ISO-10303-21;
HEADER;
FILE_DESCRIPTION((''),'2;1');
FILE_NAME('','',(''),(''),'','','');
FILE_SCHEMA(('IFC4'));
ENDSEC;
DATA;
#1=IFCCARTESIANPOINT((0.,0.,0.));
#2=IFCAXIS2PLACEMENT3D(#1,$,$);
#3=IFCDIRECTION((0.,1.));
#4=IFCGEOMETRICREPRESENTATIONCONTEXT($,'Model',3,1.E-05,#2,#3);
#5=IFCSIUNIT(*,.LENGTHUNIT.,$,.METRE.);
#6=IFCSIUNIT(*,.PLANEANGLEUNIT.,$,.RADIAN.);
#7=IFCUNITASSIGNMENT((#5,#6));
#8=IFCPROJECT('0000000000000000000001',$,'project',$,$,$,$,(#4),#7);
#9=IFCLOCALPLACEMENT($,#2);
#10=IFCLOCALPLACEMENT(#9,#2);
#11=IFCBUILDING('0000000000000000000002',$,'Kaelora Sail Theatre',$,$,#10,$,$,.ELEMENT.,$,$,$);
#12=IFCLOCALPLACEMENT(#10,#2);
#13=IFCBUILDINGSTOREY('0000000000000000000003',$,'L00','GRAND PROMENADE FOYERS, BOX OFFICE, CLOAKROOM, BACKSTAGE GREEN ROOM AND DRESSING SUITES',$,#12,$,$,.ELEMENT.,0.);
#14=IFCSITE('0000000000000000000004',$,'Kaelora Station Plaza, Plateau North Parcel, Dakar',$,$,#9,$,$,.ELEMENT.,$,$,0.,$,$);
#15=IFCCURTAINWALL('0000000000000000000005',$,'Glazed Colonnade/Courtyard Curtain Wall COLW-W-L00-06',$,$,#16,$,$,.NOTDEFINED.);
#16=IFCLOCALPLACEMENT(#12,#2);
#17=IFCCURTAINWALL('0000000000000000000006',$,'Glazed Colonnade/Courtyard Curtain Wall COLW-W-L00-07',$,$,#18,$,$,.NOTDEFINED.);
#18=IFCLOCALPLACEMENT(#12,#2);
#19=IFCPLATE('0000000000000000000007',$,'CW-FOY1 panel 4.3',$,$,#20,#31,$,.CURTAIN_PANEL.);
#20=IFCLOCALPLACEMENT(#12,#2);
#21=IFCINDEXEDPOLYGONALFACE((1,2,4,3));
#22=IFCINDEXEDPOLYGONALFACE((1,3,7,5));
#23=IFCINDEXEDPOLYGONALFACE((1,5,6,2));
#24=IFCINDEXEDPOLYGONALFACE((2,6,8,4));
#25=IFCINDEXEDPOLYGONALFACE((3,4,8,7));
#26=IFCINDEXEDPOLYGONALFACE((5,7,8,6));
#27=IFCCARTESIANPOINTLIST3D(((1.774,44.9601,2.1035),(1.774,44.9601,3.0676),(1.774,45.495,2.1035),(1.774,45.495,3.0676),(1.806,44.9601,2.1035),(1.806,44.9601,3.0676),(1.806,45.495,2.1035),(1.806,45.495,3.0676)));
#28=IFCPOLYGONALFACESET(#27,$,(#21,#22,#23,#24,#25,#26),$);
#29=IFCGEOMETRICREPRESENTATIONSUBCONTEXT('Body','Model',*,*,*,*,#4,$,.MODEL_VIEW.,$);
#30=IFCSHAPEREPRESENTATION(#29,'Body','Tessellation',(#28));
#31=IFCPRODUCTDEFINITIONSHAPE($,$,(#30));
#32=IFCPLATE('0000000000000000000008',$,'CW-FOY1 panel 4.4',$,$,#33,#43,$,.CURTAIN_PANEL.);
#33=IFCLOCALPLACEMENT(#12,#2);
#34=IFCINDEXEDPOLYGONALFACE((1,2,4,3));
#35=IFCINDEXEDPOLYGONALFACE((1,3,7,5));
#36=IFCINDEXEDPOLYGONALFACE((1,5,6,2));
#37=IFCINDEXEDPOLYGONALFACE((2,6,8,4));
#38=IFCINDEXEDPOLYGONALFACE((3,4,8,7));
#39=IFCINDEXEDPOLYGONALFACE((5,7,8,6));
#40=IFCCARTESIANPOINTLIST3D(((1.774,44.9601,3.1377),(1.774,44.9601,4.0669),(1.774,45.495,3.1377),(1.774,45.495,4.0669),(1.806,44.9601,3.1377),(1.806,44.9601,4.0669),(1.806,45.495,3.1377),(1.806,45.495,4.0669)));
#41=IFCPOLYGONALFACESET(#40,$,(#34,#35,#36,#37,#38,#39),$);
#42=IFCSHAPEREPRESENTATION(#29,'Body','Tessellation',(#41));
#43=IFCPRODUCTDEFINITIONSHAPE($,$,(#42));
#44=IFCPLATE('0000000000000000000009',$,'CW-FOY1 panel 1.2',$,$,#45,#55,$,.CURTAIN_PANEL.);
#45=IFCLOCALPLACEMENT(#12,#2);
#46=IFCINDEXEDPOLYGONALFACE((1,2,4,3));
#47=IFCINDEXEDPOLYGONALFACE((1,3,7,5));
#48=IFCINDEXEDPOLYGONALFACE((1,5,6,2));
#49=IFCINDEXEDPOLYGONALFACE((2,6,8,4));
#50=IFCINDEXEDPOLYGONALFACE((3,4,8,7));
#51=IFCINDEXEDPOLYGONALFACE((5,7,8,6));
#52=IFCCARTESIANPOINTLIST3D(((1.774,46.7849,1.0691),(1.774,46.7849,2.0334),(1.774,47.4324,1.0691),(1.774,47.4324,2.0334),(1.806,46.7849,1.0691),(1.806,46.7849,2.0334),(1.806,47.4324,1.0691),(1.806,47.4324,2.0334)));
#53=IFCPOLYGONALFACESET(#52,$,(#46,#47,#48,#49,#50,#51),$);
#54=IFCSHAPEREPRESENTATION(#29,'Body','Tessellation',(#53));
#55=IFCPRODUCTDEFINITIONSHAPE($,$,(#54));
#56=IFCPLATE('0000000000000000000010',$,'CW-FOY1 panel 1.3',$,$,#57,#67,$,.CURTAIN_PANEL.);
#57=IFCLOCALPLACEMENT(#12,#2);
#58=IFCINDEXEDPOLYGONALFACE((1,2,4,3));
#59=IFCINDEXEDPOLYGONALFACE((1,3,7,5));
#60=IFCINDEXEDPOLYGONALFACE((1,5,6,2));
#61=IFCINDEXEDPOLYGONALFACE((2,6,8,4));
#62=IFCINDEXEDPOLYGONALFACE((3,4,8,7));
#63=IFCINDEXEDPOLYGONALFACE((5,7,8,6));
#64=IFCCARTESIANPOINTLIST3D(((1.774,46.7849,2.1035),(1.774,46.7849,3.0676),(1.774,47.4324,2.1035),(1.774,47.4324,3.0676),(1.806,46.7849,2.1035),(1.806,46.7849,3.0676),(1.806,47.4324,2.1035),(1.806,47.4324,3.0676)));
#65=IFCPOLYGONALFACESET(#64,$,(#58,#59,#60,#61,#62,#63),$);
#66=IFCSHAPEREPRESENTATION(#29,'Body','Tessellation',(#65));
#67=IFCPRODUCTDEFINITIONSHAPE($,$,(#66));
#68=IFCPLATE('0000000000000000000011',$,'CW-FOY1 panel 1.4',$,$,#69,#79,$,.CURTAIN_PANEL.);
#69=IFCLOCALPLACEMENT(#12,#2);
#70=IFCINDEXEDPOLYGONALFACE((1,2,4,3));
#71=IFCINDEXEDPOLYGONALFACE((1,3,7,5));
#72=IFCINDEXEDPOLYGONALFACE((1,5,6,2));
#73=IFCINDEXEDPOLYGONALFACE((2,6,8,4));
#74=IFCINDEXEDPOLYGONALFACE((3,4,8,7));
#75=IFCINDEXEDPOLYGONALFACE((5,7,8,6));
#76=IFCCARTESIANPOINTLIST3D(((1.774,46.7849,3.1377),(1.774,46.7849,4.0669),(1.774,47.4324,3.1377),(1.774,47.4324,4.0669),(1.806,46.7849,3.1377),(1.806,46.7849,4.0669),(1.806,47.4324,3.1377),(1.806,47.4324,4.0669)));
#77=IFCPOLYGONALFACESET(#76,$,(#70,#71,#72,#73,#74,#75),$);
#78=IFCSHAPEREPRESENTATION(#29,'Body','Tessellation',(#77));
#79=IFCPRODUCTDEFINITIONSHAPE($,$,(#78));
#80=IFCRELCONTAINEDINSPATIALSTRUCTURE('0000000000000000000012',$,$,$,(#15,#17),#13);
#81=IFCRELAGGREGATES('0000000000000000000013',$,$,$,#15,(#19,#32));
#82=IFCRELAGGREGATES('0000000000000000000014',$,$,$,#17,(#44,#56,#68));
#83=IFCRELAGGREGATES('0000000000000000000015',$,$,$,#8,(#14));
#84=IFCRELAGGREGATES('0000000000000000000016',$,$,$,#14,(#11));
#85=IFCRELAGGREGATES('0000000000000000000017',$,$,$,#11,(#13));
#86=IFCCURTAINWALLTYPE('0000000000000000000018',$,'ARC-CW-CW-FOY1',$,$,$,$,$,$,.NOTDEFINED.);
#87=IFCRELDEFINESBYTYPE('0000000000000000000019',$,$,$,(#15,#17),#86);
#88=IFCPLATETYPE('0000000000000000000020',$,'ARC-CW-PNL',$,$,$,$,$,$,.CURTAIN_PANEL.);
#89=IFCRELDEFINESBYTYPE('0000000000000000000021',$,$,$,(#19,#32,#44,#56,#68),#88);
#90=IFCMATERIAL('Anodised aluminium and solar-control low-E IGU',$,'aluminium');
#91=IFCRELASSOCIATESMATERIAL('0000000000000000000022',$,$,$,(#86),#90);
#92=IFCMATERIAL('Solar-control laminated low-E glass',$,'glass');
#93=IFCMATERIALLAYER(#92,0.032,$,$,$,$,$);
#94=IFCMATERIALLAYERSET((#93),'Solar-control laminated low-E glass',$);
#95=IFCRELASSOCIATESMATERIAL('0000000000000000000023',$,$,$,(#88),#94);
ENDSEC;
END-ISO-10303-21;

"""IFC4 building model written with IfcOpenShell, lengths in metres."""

from ifc_helpers import new_model, si_unit, direction, frame, origin, origin_2d, place, context, subcontext, project, spatial, rectangle, extrude, material, layer, layer_set, type_object, element, aggregate, save


model = new_model("IFC4")

# Units and contexts
model_context = context("Model", 3, precision=1e-05, world=origin(), true_north=direction((0.0, 1.0)))
body_context = subcontext(model_context, "Body", "Model", "MODEL_VIEW")
ifc_project = project(units=[si_unit("LENGTHUNIT", "METRE"), si_unit("PLANEANGLEUNIT", "RADIAN")], contexts=[model_context])

# Site, building, storey
site_placement = place(None, origin())
site = spatial("IfcSite", under=ifc_project, at=site_placement, Name="Kaelora Station Plaza, Plateau North Parcel, Dakar", CompositionType="ELEMENT", RefElevation=0.0)
building_placement = place(site_placement, origin())
building = spatial("IfcBuilding", under=site, at=building_placement, Name="Kaelora Sail Theatre", CompositionType="ELEMENT")
storey_placement = place(building_placement, origin())
storey = spatial("IfcBuildingStorey", under=building, at=storey_placement, Name="L00", Description="GRAND PROMENADE FOYERS, BOX OFFICE, CLOAKROOM, BACKSTAGE GREEN ROOM AND DRESSING SUITES", CompositionType="ELEMENT", Elevation=0.0)

# Curtain walls
ifc_material_1 = material(Name="Anodised aluminium and solar-control low-E IGU", Category="aluminium")
curtain_wall_type = type_object("IfcCurtainWallType", Name="ARC-CW-CW-FOY1", PredefinedType="NOTDEFINED", material=ifc_material_1)
curtain_wall_1_placement = place(storey_placement, origin())
curtain_wall_1 = element("IfcCurtainWall", 1, at=curtain_wall_1_placement, inside=storey, type_object=curtain_wall_type, Name="Glazed Colonnade/Courtyard Curtain Wall COLW-W-L00-06", PredefinedType="NOTDEFINED")
curtain_wall_2_placement = place(storey_placement, origin())
curtain_wall_2 = element("IfcCurtainWall", 2, at=curtain_wall_2_placement, inside=storey, type_object=curtain_wall_type, Name="Glazed Colonnade/Courtyard Curtain Wall COLW-W-L00-07", PredefinedType="NOTDEFINED")

# Plates
ifc_material_2 = material(Name="Solar-control laminated low-E glass", Category="glass")
ifc_layer = layer(ifc_material_2, 0.032)
ifc_layer_set = layer_set([ifc_layer], Name="Solar-control laminated low-E glass")
plate_type = type_object("IfcPlateType", Name="ARC-CW-PNL", PredefinedType="CURTAIN_PANEL", material=ifc_layer_set)
plate_1_placement = place(storey_placement, frame((1.79, 45.2275, 2.1035), z_axis=(0.0, 0.0, 1.0), x_axis=(0.0, 1.0, 0.0)))
plate_1 = element("IfcPlate", 3, at=plate_1_placement, type_object=plate_type, Name="CW-FOY1 panel 4.3", PredefinedType="CURTAIN_PANEL", context=body_context, shape_type="SweptSolid", body=[
    extrude(rectangle(XDim=0.5349, YDim=0.032, at=origin_2d()), origin(), (0.0, 0.0, 1.0), 0.9641),
])
plate_2_placement = place(storey_placement, frame((1.79, 45.2275, 3.1377), z_axis=(0.0, 0.0, 1.0), x_axis=(0.0, 1.0, 0.0)))
plate_2 = element("IfcPlate", 4, at=plate_2_placement, type_object=plate_type, Name="CW-FOY1 panel 4.4", PredefinedType="CURTAIN_PANEL", context=body_context, shape_type="SweptSolid", body=[
    extrude(rectangle(XDim=0.5349, YDim=0.032, at=origin_2d()), origin(), (0.0, 0.0, 1.0), 0.9292),
])
aggregate(curtain_wall_1, [plate_1, plate_2])
plate_3_placement = place(storey_placement, frame((1.79, 47.1086, 1.0691), z_axis=(0.0, 0.0, 1.0), x_axis=(0.0, 1.0, 0.0)))
plate_3 = element("IfcPlate", 5, at=plate_3_placement, type_object=plate_type, Name="CW-FOY1 panel 1.2", PredefinedType="CURTAIN_PANEL", context=body_context, shape_type="SweptSolid", body=[
    extrude(rectangle(XDim=0.6475, YDim=0.032, at=origin_2d()), origin(), (0.0, 0.0, 1.0), 0.9644),
])
plate_4_placement = place(storey_placement, frame((1.79, 47.1086, 2.1035), z_axis=(0.0, 0.0, 1.0), x_axis=(0.0, 1.0, 0.0)))
plate_4 = element("IfcPlate", 6, at=plate_4_placement, type_object=plate_type, Name="CW-FOY1 panel 1.3", PredefinedType="CURTAIN_PANEL", context=body_context, shape_type="SweptSolid", body=[
    extrude(rectangle(XDim=0.6475, YDim=0.032, at=origin_2d()), origin(), (0.0, 0.0, 1.0), 0.9641),
])
plate_5_placement = place(storey_placement, frame((1.79, 47.1086, 3.1377), z_axis=(0.0, 0.0, 1.0), x_axis=(0.0, 1.0, 0.0)))
plate_5 = element("IfcPlate", 7, at=plate_5_placement, type_object=plate_type, Name="CW-FOY1 panel 1.4", PredefinedType="CURTAIN_PANEL", context=body_context, shape_type="SweptSolid", body=[
    extrude(rectangle(XDim=0.6475, YDim=0.032, at=origin_2d()), origin(), (0.0, 0.0, 1.0), 0.9292),
])
aggregate(curtain_wall_2, [plate_3, plate_4, plate_5])

save(model, "model.ifc")
